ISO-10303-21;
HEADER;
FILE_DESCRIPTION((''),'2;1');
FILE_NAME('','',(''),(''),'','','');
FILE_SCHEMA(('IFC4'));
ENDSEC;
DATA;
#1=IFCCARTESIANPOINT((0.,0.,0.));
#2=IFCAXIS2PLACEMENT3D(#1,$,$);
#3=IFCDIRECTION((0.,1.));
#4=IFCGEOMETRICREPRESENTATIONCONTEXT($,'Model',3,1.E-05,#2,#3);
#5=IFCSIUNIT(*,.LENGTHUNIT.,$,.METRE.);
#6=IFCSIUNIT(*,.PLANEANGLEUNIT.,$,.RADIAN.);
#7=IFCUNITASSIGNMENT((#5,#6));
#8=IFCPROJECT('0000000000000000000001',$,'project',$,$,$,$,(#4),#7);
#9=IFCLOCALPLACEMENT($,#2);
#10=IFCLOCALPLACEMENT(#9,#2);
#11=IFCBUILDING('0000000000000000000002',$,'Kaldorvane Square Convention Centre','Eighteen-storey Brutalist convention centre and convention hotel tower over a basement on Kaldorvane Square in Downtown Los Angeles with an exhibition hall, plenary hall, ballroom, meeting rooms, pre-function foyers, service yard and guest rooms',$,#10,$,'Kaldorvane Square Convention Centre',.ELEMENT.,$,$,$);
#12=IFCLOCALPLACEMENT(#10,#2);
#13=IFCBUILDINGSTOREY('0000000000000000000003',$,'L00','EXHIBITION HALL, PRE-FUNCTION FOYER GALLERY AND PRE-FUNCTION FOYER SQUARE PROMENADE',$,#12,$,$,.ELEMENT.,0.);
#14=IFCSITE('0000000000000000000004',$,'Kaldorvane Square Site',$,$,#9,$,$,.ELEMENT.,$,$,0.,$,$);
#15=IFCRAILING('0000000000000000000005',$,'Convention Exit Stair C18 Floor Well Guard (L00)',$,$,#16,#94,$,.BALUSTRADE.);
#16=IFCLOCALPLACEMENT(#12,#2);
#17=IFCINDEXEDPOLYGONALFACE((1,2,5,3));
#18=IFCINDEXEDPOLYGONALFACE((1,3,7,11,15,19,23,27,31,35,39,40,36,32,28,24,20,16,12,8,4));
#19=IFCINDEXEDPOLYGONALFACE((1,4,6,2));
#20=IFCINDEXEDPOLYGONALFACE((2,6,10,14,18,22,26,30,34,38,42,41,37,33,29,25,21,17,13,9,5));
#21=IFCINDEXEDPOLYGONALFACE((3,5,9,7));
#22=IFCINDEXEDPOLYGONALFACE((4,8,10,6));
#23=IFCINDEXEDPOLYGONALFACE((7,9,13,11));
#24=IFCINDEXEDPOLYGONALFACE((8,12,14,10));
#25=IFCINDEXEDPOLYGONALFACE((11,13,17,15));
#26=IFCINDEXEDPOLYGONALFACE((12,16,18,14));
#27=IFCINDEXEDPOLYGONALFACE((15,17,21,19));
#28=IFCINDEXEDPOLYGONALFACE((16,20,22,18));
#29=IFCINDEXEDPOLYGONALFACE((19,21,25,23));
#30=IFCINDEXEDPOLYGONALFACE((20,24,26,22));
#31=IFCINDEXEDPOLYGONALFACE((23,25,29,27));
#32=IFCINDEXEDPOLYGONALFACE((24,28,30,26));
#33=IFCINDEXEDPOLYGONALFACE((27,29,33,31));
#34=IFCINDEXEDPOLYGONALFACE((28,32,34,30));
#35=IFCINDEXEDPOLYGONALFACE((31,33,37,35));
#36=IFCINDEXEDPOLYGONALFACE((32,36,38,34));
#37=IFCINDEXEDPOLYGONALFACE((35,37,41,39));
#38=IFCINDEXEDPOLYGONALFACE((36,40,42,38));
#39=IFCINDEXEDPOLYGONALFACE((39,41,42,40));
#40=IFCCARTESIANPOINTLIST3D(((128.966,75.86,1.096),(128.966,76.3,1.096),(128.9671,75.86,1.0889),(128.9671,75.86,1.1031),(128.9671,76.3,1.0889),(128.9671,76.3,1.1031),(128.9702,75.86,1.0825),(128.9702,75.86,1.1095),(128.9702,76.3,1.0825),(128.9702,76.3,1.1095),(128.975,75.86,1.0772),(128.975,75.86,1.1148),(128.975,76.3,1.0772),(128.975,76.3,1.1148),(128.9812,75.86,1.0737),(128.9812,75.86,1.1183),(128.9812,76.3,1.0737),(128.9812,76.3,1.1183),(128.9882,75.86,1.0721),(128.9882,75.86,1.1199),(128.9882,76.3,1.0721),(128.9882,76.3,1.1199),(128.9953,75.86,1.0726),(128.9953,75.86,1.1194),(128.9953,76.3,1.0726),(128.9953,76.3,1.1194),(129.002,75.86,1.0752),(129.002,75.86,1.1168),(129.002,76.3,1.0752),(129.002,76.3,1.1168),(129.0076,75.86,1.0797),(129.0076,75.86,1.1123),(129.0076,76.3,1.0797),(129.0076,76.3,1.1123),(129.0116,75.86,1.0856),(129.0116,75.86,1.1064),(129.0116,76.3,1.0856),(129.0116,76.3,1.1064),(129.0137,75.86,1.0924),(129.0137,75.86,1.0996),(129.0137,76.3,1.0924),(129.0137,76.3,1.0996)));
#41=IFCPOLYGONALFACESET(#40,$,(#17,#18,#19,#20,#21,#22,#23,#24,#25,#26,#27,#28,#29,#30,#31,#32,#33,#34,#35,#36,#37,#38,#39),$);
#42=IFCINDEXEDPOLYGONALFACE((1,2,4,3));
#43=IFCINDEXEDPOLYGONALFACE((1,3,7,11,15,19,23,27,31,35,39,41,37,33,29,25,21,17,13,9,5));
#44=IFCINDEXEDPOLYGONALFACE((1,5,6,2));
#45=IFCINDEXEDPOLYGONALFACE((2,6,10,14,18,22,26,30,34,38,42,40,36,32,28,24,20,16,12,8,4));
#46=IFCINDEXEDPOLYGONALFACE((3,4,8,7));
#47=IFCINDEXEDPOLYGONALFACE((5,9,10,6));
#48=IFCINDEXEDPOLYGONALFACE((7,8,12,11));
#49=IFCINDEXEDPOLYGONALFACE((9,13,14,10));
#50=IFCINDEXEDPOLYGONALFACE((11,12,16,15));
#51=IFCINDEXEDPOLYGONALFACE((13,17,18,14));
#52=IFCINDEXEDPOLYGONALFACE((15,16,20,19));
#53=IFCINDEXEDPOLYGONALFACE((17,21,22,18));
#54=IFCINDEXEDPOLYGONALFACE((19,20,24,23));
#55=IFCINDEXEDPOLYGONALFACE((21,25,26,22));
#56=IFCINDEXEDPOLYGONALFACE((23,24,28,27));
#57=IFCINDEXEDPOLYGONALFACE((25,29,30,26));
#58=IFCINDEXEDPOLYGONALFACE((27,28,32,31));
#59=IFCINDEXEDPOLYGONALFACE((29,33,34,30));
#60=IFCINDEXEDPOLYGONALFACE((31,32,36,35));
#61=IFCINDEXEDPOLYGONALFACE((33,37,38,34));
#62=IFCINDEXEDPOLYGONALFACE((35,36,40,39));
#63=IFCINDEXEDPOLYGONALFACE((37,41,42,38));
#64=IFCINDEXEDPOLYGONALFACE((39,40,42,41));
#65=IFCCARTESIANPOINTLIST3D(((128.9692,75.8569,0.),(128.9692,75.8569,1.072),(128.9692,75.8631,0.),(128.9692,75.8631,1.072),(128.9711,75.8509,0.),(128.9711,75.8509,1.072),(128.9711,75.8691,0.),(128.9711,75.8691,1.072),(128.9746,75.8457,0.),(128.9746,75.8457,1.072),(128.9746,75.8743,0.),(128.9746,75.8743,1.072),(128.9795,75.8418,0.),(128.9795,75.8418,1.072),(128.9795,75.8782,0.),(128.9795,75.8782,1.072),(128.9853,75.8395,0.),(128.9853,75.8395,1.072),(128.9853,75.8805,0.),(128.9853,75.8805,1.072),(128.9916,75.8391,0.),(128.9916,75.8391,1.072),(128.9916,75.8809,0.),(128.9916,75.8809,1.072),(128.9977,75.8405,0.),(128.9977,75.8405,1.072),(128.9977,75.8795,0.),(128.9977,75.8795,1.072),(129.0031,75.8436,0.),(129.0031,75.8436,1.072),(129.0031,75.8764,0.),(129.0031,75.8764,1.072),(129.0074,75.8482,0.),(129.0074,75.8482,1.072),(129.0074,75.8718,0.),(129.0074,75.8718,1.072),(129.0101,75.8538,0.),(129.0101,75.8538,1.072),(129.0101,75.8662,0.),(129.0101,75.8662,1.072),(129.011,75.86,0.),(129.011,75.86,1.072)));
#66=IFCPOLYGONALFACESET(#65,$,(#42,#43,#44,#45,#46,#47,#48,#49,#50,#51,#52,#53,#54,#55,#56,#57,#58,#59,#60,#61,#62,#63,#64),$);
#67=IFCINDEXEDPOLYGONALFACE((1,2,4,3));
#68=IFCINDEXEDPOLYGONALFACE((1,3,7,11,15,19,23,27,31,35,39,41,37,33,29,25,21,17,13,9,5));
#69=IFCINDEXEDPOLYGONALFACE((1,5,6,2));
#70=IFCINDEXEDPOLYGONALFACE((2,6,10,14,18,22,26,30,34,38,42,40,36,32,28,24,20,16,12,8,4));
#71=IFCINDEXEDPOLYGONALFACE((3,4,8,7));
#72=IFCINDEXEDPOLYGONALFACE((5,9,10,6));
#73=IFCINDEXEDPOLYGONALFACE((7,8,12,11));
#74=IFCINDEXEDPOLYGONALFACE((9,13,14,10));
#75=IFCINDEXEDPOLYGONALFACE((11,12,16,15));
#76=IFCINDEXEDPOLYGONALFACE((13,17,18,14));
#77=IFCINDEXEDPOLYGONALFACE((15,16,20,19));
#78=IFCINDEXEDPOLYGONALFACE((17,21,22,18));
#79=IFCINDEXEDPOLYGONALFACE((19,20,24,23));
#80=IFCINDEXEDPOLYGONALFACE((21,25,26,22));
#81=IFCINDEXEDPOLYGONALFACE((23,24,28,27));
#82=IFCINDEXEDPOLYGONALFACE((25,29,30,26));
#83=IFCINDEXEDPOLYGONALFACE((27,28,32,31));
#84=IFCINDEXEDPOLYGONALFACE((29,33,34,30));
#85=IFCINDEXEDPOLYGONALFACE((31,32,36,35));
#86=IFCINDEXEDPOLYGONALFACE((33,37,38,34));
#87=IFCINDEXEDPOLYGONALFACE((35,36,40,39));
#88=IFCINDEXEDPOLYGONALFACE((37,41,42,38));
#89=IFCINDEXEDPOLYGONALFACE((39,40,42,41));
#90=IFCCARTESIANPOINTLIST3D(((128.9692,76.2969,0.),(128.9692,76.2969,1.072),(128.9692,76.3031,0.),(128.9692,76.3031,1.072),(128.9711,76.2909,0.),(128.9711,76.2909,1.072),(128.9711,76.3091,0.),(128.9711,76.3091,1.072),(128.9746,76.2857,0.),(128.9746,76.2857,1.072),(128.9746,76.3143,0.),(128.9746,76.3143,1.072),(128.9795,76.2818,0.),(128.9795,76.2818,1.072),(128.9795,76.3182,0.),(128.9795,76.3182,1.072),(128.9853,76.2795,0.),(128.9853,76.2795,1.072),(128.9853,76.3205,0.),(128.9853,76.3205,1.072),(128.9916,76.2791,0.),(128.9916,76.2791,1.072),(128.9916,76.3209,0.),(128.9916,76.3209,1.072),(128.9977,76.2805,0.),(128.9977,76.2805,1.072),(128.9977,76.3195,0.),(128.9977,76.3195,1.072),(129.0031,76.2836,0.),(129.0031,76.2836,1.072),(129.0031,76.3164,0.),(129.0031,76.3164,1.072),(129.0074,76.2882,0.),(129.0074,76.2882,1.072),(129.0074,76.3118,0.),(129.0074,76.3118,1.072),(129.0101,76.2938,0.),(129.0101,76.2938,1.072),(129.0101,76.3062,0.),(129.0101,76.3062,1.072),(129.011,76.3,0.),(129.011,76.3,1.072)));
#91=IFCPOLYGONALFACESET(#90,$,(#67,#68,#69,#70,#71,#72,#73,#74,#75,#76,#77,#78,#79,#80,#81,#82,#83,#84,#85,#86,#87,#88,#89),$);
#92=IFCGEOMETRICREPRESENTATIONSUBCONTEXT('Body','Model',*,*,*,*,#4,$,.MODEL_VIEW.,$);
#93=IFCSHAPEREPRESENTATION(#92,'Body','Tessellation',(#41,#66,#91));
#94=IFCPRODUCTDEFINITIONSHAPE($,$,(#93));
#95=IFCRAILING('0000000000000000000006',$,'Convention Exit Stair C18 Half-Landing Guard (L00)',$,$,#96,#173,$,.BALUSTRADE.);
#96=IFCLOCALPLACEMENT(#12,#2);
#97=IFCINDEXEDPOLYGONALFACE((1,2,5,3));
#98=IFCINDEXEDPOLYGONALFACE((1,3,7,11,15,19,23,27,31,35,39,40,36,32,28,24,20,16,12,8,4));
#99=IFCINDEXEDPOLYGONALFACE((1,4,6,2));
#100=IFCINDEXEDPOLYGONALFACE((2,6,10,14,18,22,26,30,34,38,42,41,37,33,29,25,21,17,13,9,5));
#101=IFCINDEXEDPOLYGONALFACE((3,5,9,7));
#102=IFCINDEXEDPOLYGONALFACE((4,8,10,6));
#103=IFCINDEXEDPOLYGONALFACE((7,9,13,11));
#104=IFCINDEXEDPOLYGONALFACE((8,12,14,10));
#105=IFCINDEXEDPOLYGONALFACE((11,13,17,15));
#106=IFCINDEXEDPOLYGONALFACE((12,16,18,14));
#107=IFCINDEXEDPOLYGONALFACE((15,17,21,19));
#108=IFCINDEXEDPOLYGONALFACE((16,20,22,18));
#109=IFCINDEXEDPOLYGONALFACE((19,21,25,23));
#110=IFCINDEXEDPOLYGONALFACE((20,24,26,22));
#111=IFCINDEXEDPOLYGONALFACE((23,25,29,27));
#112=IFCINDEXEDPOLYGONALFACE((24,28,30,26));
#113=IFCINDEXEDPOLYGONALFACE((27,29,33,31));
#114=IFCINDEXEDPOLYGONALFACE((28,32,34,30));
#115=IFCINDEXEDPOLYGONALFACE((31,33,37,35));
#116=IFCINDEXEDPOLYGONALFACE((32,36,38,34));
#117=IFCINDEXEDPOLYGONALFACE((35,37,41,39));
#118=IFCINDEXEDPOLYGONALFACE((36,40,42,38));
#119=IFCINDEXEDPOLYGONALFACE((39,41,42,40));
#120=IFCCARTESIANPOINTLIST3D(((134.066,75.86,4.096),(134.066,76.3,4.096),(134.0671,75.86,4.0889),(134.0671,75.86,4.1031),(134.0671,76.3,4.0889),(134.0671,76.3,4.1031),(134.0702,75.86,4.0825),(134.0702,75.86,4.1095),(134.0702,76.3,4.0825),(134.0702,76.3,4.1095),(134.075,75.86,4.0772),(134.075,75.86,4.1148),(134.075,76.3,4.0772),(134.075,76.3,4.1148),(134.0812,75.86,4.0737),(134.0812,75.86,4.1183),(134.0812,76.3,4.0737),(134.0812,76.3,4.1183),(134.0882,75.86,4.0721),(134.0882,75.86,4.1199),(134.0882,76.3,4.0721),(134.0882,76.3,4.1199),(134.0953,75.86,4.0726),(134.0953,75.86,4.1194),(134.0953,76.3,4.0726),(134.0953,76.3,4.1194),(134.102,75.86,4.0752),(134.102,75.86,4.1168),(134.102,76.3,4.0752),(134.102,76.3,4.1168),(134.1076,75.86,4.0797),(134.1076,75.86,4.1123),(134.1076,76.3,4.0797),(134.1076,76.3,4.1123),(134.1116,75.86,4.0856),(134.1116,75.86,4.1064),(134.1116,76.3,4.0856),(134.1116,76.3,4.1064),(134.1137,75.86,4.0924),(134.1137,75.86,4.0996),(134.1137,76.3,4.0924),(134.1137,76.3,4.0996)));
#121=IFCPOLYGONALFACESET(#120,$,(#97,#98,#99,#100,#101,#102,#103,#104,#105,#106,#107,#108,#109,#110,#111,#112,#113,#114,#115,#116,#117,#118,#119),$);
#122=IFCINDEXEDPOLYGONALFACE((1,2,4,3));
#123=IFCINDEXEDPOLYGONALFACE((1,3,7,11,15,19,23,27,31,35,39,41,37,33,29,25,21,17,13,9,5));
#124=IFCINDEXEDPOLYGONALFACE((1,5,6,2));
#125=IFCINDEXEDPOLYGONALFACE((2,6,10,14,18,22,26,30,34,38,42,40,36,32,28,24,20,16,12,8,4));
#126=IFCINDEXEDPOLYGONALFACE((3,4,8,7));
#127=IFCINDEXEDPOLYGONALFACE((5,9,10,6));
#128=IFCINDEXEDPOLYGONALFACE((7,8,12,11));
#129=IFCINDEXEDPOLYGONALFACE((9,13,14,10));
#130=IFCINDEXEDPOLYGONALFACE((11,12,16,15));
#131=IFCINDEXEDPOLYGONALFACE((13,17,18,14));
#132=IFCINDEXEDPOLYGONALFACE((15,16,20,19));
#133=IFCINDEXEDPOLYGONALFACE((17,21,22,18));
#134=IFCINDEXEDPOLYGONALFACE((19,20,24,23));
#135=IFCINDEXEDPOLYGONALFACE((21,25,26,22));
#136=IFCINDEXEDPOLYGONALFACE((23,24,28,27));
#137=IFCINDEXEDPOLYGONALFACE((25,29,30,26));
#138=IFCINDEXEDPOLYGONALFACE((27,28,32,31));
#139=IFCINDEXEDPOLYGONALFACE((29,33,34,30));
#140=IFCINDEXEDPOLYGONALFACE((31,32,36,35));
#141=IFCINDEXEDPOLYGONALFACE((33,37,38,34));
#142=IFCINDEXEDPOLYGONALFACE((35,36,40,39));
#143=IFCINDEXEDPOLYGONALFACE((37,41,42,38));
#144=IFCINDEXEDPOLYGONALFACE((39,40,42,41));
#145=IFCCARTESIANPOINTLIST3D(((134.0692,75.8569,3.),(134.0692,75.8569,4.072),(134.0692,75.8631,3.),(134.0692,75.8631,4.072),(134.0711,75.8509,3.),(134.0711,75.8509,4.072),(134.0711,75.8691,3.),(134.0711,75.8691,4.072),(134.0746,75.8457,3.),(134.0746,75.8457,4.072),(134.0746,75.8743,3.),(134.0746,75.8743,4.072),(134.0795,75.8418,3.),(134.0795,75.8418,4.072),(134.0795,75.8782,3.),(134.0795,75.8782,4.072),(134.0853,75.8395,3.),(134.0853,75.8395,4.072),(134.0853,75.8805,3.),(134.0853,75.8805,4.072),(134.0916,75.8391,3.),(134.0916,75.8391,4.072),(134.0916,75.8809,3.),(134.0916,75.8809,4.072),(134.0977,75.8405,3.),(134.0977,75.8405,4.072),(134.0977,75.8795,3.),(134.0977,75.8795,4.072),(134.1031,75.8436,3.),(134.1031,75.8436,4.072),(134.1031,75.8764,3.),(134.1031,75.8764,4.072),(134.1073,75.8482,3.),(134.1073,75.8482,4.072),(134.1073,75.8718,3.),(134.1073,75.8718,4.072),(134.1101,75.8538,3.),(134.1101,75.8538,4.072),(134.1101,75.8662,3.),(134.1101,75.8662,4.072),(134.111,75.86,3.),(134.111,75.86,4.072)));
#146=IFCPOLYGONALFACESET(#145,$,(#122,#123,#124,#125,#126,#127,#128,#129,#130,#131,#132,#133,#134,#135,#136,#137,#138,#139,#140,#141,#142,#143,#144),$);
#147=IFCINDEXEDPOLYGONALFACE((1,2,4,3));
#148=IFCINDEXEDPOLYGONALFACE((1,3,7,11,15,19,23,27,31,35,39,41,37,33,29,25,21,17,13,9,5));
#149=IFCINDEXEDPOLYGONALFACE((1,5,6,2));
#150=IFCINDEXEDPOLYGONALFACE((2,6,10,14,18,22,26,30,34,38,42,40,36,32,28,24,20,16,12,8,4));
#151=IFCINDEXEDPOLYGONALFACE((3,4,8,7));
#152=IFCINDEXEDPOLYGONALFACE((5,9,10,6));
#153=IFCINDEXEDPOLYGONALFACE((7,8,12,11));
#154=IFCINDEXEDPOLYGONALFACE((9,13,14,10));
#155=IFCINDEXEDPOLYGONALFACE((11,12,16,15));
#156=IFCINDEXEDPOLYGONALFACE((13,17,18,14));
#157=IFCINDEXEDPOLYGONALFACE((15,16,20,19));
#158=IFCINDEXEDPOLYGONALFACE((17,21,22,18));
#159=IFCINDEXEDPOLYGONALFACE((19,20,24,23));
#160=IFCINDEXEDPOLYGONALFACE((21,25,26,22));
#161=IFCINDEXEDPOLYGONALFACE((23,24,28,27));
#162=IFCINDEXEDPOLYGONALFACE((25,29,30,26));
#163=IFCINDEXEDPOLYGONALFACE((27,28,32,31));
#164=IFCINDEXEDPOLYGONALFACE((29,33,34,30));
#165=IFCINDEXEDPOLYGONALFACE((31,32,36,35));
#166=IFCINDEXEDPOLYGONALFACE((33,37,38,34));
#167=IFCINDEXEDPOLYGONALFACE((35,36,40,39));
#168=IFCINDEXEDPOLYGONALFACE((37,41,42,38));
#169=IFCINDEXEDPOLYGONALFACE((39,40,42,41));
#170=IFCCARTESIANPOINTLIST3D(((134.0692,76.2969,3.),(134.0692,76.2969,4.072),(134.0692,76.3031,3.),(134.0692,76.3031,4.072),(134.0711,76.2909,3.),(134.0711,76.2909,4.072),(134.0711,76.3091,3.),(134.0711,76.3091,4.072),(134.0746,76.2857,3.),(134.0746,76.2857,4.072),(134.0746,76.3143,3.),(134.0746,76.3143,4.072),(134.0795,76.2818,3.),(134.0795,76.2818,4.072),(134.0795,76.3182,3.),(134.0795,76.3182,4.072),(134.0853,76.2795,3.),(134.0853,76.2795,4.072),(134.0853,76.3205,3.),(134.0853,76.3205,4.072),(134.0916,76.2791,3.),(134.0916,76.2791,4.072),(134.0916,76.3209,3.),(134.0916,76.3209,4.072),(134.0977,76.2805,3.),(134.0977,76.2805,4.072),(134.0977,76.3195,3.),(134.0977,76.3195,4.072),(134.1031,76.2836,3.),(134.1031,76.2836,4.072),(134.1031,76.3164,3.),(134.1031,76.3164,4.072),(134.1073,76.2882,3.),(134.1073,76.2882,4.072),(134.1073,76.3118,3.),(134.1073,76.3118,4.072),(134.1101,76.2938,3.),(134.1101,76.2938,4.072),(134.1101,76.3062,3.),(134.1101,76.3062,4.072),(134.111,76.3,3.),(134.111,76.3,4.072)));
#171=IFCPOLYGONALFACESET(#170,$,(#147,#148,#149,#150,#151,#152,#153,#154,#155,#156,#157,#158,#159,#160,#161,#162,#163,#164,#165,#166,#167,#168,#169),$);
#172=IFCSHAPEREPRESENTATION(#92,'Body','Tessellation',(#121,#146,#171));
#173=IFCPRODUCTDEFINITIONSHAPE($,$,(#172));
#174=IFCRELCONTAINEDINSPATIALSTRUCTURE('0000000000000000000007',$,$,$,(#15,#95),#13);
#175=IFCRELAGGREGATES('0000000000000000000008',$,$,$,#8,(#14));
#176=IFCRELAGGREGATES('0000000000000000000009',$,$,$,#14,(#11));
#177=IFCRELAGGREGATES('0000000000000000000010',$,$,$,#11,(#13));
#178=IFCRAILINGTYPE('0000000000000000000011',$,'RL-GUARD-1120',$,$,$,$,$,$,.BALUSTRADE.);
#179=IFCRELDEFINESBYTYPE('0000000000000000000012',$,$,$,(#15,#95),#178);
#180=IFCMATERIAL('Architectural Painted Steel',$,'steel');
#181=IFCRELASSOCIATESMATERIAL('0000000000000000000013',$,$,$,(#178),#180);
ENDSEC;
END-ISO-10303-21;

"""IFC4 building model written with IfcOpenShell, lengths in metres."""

from ifc_helpers import new_model, si_unit, direction, frame, origin, origin_2d, place, context, subcontext, project, spatial, circle, extrude, material, type_object, element, save


model = new_model("IFC4")

# Units and contexts
model_context = context("Model", 3, precision=1e-05, world=origin(), true_north=direction((0.0, 1.0)))
body_context = subcontext(model_context, "Body", "Model", "MODEL_VIEW")
ifc_project = project(units=[si_unit("LENGTHUNIT", "METRE"), si_unit("PLANEANGLEUNIT", "RADIAN")], contexts=[model_context])

# Site, building, storey
site_placement = place(None, origin())
site = spatial("IfcSite", under=ifc_project, at=site_placement, Name="Kaldorvane Square Site", CompositionType="ELEMENT", RefElevation=0.0)
building_placement = place(site_placement, origin())
building = spatial("IfcBuilding", under=site, at=building_placement, Name="Kaldorvane Square Convention Centre", Description="Eighteen-storey Brutalist convention centre and convention hotel tower over a basement on Kaldorvane Square in Downtown Los Angeles with an exhibition hall, plenary hall, ballroom, meeting rooms, pre-function foyers, service yard and guest rooms", LongName="Kaldorvane Square Convention Centre", CompositionType="ELEMENT")
storey_placement = place(building_placement, origin())
storey = spatial("IfcBuildingStorey", under=building, at=storey_placement, Name="L00", Description="EXHIBITION HALL, PRE-FUNCTION FOYER GALLERY AND PRE-FUNCTION FOYER SQUARE PROMENADE", CompositionType="ELEMENT", Elevation=0.0)

# Railings
ifc_material_1 = material(Name="Architectural Painted Steel", Category="steel")
railing_type_1 = type_object("IfcRailingType", Name="RL-GUARD-1120", PredefinedType="BALUSTRADE", material=ifc_material_1)
for number, where, name in (
    (1, (128.99, 75.86, 0.0), "Convention Exit Stair C18 Floor Well Guard (L00)"),
    (2, (134.09, 75.86, 3.0), "Convention Exit Stair C18 Half-Landing Guard (L00)"),
):
    element("IfcRailing", number, at=place(storey_placement, frame(where)), inside=storey, type_object=railing_type_1, Name=name, PredefinedType="BALUSTRADE", context=body_context, shape_type="SweptSolid", body=[
        extrude(circle(Radius=0.024, at=origin_2d()), frame((0.0, 0.0, 1.096), z_axis=(0.0, 1.0, 0.0), x_axis=(-1.0, 0.0, 0.0)), (0.0, 0.0, 1.0), 0.44),
        extrude(circle(Radius=0.021, at=origin_2d()), origin(), (0.0, 0.0, 1.0), 1.072),
        extrude(circle(Radius=0.021, at=origin_2d()), frame((0.0, 0.44, 0.0)), (0.0, 0.0, 1.0), 1.072),
    ])

save(model, "model.ifc")
